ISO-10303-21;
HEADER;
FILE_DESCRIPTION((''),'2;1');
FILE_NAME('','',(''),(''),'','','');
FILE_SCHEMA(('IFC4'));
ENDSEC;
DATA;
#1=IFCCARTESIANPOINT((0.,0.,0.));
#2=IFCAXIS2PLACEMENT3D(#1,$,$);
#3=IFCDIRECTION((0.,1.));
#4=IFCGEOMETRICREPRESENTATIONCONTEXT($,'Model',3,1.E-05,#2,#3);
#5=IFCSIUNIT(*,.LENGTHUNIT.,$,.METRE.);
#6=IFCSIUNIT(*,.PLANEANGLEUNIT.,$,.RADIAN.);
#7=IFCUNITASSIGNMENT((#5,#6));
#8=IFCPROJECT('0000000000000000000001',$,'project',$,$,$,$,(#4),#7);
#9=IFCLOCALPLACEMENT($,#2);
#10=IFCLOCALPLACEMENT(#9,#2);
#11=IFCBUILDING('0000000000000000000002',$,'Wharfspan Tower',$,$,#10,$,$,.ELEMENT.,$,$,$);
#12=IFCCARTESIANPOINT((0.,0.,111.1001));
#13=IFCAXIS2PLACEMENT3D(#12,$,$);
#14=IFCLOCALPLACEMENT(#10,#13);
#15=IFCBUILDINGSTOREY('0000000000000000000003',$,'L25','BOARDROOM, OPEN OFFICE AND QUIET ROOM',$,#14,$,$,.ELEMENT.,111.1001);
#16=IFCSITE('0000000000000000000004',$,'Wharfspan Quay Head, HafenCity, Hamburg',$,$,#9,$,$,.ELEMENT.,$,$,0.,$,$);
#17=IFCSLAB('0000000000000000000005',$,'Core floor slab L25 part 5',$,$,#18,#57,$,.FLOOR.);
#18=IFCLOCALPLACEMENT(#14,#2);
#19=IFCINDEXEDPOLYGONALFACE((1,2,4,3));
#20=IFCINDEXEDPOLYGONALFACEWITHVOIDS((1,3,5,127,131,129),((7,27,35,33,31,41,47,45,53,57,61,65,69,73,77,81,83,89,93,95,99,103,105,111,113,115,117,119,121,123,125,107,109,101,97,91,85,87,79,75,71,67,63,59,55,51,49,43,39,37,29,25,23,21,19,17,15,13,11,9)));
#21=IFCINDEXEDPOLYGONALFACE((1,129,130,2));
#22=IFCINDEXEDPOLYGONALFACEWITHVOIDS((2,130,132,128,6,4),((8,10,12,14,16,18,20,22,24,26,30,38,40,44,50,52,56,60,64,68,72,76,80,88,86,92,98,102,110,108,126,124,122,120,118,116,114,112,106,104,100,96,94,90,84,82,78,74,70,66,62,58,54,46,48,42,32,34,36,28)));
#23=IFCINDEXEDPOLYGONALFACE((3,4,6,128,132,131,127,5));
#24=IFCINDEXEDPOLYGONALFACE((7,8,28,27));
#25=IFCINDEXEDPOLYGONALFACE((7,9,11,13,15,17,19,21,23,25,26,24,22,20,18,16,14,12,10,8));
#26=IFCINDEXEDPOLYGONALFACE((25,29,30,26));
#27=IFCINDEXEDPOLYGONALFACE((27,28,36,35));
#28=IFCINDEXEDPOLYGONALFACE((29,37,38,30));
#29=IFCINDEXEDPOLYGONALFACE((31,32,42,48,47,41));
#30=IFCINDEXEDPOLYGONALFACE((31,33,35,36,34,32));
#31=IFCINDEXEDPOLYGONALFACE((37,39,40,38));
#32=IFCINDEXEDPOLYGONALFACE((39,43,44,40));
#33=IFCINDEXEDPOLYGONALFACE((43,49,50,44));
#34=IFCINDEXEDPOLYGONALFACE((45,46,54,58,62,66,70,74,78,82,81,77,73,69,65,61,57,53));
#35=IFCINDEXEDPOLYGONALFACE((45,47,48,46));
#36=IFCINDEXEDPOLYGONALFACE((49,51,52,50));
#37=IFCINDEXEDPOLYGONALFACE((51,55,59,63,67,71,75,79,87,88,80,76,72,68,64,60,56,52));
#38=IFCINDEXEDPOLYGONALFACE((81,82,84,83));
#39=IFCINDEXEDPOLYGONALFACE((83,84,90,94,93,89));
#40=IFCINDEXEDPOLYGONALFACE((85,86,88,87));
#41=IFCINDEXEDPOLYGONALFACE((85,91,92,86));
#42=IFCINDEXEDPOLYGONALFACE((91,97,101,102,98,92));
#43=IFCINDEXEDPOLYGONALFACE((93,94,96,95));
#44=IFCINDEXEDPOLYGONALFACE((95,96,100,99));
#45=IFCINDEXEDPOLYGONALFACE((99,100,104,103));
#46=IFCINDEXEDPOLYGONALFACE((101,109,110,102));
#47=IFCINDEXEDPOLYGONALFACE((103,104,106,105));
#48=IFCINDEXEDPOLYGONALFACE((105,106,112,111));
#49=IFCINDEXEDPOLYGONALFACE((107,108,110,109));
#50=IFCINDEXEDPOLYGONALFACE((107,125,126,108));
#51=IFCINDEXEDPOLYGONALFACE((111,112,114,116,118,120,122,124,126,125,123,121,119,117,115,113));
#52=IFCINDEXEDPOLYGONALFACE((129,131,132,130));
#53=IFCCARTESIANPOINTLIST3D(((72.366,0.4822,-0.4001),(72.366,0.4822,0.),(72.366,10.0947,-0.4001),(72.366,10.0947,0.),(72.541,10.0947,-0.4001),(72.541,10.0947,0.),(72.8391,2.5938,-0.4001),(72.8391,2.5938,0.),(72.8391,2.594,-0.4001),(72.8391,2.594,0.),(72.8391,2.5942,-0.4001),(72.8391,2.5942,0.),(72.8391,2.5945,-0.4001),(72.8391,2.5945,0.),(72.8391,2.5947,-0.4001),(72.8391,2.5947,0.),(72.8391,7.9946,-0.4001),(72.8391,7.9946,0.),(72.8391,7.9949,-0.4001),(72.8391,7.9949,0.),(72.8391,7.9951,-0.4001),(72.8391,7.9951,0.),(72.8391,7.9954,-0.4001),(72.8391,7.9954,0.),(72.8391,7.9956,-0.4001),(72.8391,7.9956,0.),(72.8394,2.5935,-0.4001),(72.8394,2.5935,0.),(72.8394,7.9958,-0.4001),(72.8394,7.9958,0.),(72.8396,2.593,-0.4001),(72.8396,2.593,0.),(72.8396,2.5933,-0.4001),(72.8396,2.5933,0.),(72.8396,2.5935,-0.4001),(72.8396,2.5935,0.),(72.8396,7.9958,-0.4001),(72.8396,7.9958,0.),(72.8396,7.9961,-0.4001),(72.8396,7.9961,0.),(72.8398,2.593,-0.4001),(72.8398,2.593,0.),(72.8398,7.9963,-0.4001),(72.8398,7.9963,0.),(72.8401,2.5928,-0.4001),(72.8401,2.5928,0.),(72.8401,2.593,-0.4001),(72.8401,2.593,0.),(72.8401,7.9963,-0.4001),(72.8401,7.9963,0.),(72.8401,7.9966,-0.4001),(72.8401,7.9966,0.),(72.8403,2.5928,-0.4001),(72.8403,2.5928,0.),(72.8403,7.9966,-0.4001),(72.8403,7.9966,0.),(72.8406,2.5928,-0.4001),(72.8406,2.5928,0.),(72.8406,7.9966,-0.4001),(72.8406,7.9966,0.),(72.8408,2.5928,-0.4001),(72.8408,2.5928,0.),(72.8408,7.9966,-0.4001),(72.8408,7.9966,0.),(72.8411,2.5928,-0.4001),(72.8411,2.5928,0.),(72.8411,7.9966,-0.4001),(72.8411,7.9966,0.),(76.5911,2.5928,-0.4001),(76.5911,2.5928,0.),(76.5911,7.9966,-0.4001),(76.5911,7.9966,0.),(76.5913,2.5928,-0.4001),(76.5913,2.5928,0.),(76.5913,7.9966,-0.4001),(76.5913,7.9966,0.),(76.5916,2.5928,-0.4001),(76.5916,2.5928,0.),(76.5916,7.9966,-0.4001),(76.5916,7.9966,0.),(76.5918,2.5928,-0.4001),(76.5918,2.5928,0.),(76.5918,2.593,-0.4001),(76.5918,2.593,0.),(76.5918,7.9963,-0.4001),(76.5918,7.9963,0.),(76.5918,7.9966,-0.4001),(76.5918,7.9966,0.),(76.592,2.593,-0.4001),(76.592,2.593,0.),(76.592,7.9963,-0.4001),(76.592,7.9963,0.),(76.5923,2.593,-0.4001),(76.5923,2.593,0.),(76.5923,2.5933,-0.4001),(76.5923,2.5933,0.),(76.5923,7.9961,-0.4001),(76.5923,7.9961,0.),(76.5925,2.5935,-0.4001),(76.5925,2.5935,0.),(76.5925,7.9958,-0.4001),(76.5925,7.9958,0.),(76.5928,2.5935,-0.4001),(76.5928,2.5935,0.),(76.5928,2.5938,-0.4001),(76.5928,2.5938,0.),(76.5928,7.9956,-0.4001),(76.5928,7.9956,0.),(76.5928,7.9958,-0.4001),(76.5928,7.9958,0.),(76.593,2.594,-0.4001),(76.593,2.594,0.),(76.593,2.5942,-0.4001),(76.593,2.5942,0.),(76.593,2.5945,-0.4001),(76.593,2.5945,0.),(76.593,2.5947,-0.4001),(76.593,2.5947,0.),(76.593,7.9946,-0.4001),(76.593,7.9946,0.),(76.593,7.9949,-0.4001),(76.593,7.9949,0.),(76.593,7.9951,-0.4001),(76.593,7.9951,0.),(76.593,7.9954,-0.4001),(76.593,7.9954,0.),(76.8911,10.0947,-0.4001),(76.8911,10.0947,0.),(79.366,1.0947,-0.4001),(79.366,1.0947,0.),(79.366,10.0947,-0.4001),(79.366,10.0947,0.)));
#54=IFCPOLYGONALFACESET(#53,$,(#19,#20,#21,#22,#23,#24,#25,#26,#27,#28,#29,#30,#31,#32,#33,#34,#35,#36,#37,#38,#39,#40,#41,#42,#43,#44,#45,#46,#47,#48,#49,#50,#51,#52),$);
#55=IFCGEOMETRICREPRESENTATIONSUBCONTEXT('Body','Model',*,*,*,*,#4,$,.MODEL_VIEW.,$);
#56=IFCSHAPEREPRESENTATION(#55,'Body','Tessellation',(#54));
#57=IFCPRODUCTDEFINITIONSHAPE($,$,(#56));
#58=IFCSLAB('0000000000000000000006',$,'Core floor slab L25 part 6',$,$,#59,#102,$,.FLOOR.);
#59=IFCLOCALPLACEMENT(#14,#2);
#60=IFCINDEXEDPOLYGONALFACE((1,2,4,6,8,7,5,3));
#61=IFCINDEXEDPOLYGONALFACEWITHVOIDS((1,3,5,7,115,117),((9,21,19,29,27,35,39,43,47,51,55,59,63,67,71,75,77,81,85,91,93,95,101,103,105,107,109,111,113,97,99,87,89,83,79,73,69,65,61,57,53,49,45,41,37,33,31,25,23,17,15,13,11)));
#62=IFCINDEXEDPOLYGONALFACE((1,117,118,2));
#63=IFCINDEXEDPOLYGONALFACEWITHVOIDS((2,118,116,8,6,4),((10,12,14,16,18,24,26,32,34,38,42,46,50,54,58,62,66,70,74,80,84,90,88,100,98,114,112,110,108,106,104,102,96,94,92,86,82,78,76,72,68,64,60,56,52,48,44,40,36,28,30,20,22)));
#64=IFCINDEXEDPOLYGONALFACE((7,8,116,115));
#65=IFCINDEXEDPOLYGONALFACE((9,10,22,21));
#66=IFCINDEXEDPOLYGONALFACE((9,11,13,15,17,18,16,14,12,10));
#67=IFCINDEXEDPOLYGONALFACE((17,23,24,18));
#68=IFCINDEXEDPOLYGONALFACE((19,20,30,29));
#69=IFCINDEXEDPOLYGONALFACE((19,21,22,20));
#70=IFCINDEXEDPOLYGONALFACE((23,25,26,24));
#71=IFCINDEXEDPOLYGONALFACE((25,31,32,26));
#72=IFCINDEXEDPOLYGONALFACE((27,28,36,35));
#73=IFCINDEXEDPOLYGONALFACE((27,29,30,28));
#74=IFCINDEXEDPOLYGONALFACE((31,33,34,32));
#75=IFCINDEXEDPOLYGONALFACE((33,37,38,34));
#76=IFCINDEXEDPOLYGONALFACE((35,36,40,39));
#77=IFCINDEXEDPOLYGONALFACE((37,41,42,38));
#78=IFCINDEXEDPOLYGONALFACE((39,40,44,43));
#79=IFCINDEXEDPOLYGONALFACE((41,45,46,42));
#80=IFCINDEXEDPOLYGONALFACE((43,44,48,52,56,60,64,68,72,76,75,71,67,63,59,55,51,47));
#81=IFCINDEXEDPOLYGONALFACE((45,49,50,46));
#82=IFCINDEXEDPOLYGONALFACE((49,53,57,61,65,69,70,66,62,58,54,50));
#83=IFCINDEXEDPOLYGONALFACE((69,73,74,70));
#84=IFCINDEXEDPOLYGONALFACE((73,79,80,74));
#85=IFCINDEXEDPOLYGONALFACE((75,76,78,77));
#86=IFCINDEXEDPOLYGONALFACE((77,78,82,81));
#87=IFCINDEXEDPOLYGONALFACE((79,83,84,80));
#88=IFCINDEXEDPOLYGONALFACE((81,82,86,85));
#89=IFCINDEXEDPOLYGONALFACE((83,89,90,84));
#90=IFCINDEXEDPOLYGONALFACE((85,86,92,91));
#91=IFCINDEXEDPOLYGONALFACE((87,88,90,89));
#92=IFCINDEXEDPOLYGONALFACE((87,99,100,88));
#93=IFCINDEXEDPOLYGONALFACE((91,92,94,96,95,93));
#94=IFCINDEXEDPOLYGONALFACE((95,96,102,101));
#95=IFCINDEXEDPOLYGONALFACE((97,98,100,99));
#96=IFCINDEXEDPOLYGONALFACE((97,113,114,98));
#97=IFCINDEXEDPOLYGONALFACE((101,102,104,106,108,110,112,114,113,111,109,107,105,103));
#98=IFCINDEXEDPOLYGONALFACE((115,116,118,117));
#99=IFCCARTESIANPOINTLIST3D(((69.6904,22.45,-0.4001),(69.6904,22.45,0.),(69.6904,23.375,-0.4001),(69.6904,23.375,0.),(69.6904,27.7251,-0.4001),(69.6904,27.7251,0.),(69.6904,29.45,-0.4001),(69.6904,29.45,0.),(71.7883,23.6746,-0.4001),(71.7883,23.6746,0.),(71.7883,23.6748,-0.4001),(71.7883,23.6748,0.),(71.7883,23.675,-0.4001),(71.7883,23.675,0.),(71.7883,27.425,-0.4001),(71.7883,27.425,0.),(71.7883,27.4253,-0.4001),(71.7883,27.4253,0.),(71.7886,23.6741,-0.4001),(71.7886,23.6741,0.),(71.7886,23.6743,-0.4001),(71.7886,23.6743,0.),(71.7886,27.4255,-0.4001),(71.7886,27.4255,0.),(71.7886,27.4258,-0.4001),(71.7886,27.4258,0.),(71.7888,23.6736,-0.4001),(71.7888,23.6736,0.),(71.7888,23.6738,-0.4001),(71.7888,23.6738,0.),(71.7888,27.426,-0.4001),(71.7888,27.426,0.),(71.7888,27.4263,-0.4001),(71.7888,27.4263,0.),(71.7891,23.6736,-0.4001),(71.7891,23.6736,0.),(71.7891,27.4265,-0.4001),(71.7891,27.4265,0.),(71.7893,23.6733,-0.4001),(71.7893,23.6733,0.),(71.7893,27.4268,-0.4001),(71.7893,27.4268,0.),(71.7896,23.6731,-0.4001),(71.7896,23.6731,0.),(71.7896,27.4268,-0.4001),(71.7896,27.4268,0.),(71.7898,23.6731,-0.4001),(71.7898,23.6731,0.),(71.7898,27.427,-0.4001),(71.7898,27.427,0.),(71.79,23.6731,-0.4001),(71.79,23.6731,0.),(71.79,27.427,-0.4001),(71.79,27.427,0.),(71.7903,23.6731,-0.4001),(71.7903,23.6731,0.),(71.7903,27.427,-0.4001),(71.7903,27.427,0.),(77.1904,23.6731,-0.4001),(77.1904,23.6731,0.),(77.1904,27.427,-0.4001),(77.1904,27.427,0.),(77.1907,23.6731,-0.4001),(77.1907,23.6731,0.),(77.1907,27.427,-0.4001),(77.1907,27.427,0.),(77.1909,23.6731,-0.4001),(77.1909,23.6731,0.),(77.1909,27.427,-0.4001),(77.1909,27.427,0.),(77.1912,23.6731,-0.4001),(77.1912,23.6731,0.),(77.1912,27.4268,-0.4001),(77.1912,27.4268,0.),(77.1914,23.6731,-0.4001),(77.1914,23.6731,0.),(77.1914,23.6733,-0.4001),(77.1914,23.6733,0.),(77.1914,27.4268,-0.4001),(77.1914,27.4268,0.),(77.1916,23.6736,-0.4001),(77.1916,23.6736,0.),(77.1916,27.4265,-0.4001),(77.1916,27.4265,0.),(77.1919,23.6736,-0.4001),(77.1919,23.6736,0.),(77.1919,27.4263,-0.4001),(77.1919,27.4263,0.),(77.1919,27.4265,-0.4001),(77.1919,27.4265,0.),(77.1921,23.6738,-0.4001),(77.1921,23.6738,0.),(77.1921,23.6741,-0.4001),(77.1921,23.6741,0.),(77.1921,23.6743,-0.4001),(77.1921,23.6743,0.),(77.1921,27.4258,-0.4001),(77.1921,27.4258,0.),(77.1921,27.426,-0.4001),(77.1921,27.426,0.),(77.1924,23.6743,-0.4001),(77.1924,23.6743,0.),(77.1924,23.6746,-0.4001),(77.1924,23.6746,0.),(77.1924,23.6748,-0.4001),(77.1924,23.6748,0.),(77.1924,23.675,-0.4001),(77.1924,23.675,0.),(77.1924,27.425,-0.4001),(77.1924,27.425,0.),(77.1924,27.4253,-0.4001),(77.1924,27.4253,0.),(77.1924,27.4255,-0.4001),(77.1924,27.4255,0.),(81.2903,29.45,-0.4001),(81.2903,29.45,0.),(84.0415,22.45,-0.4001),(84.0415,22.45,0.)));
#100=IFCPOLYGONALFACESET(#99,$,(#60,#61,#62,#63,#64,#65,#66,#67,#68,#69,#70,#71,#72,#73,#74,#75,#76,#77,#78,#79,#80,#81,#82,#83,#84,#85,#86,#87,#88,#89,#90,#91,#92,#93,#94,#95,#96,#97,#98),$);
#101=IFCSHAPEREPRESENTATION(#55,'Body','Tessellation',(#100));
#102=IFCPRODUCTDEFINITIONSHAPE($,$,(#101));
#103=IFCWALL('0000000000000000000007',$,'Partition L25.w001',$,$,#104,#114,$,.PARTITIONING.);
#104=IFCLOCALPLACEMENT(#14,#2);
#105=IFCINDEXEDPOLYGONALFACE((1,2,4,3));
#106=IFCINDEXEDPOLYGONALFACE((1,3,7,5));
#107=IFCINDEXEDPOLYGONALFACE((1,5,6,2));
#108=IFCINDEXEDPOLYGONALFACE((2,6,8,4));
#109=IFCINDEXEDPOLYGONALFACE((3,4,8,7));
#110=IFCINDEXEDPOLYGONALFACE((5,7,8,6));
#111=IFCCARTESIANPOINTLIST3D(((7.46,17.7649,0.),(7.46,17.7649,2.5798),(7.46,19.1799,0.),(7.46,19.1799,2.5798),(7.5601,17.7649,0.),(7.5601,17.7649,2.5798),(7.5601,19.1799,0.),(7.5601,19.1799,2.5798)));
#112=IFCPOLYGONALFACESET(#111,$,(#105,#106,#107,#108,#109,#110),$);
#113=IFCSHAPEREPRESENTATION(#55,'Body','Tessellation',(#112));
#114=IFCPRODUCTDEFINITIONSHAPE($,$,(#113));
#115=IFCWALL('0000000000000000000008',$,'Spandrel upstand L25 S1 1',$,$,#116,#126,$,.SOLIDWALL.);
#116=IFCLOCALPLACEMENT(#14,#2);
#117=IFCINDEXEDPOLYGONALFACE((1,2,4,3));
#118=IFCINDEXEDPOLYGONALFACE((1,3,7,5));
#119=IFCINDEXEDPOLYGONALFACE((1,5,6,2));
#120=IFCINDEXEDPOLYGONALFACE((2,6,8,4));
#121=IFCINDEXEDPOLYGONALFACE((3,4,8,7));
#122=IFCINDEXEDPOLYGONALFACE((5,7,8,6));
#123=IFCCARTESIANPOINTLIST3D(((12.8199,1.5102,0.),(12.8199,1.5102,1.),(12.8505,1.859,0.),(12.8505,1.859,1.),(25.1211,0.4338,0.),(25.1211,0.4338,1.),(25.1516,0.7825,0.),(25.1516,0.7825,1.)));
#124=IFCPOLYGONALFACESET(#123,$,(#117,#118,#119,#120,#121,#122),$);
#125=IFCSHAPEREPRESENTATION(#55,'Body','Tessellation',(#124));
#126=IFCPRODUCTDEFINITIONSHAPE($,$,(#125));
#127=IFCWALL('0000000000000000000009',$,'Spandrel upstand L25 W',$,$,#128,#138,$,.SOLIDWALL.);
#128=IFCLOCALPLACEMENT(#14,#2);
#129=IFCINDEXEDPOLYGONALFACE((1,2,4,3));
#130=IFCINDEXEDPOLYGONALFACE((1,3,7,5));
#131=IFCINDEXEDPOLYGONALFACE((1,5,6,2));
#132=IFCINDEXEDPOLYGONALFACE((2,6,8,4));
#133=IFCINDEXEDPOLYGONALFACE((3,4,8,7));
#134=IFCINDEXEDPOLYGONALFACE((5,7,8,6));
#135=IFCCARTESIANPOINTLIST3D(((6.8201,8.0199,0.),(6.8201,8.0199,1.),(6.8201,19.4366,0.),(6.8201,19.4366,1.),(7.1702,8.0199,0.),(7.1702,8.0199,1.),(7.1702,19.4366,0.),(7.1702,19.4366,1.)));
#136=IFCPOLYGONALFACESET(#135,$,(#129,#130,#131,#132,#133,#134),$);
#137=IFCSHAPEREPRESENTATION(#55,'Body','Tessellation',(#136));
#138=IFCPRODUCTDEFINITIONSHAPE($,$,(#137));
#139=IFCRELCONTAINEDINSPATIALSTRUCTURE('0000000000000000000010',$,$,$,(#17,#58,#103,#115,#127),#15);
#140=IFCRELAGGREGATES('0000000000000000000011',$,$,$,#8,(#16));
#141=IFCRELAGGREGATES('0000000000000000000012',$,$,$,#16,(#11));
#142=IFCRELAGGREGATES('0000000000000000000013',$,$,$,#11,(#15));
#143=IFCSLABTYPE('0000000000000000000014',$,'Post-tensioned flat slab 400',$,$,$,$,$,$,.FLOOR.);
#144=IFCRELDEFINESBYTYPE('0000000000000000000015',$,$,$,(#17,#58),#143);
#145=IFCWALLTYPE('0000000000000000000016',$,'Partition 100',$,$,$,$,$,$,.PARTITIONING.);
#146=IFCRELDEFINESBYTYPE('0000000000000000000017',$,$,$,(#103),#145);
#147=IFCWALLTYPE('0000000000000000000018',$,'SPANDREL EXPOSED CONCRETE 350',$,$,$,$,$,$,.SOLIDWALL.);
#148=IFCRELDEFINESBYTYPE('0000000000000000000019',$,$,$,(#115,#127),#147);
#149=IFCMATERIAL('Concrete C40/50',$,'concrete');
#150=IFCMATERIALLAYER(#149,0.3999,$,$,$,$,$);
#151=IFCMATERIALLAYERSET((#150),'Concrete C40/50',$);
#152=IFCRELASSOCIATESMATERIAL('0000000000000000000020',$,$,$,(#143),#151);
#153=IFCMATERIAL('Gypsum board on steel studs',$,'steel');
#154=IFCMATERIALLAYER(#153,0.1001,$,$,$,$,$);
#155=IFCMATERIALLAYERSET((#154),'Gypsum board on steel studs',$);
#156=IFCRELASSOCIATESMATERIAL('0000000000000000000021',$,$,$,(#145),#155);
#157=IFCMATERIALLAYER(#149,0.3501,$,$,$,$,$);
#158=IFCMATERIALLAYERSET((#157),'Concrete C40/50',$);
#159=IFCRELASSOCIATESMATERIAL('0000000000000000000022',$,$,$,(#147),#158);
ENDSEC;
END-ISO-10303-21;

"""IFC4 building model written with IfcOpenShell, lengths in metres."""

from ifc_helpers import new_model, si_unit, direction, frame, frame_2d, origin, place, context, subcontext, project, spatial, polyline, rectangle, outline, extrude, material, layer, layer_set, type_object, element, save


model = new_model("IFC4")

# Units and contexts
model_context = context("Model", 3, precision=1e-05, world=origin(), true_north=direction((0.0, 1.0)))
body_context = subcontext(model_context, "Body", "Model", "MODEL_VIEW")
ifc_project = project(units=[si_unit("LENGTHUNIT", "METRE"), si_unit("PLANEANGLEUNIT", "RADIAN")], contexts=[model_context])

# Site, building, storey
site_placement = place(None, origin())
site = spatial("IfcSite", under=ifc_project, at=site_placement, Name="Wharfspan Quay Head, HafenCity, Hamburg", CompositionType="ELEMENT", RefElevation=0.0)
building_placement = place(site_placement, origin())
building = spatial("IfcBuilding", under=site, at=building_placement, Name="Wharfspan Tower", CompositionType="ELEMENT")
storey_placement = place(building_placement, frame((0.0, 0.0, 111.1001)))
storey = spatial("IfcBuildingStorey", under=building, at=storey_placement, Name="L25", Description="BOARDROOM, OPEN OFFICE AND QUIET ROOM", CompositionType="ELEMENT", Elevation=111.1001)

# Slabs
ifc_material_1 = material(Name="Concrete C40/50", Category="concrete")
ifc_layer_1 = layer(ifc_material_1, 0.3999)
ifc_layer_set_1 = layer_set([ifc_layer_1], Name="Concrete C40/50")
slab_type = type_object("IfcSlabType", Name="Post-tensioned flat slab 400", PredefinedType="FLOOR", material=ifc_layer_set_1)
slab_1_placement = place(storey_placement, frame((0.0, 0.0, -0.4001)))
element("IfcSlab", 1, at=slab_1_placement, inside=storey, type_object=slab_type, Name="Core floor slab L25 part 5", PredefinedType="FLOOR", context=body_context, shape_type="SweptSolid", body=[
    extrude(outline(polyline([(79.366, 10.0947), (76.8911, 10.0947), (72.541, 10.0947), (72.366, 10.0947), (72.366, 0.4822), (79.366, 1.0947), (79.366, 10.0947)]), holes=[polyline([(76.5911, 7.9966), (76.5913, 7.9966), (76.5913, 7.9966), (76.5916, 7.9966), (76.5918, 7.9966), (76.5918, 7.9963), (76.592, 7.9963), (76.5923, 7.9961), (76.5923, 7.9961), (76.5925, 7.9958), (76.5928, 7.9958), (76.5928, 7.9956), (76.593, 7.9954), (76.593, 7.9951), (76.593, 7.9951), (76.593, 7.9949), (76.593, 7.9946), (76.593, 2.5947), (76.593, 2.5945), (76.593, 2.5942), (76.593, 2.594), (76.593, 2.594), (76.5928, 2.5938), (76.5928, 2.5935), (76.5925, 2.5935), (76.5923, 2.5933), (76.5923, 2.593), (76.592, 2.593), (76.5918, 2.593), (76.5918, 2.5928), (76.5916, 2.5928), (76.5913, 2.5928), (76.5913, 2.5928), (76.5911, 2.5928), (72.8411, 2.5928), (72.8408, 2.5928), (72.8406, 2.5928), (72.8403, 2.5928), (72.8401, 2.5928), (72.8401, 2.593), (72.8398, 2.593), (72.8396, 2.593), (72.8396, 2.5933), (72.8396, 2.5935), (72.8394, 2.5935), (72.8391, 2.5938), (72.8391, 2.594), (72.8391, 2.594), (72.8391, 2.5942), (72.8391, 2.5945), (72.8391, 2.5947), (72.8391, 7.9946), (72.8391, 7.9949), (72.8391, 7.9951), (72.8391, 7.9951), (72.8391, 7.9954), (72.8391, 7.9956), (72.8394, 7.9958), (72.8396, 7.9958), (72.8396, 7.9961), (72.8396, 7.9961), (72.8398, 7.9963), (72.8401, 7.9963), (72.8401, 7.9966), (72.8403, 7.9966), (72.8406, 7.9966), (72.8408, 7.9966), (72.8411, 7.9966), (76.5911, 7.9966)])]), origin(), (0.0, 0.0, 1.0), 0.4001),
])
slab_2_placement = place(storey_placement, frame((0.0, 0.0, -0.4001)))
element("IfcSlab", 2, at=slab_2_placement, inside=storey, type_object=slab_type, Name="Core floor slab L25 part 6", PredefinedType="FLOOR", context=body_context, shape_type="SweptSolid", body=[
    extrude(outline(polyline([(81.2903, 29.45), (69.6904, 29.45), (69.6904, 27.7251), (69.6904, 23.375), (69.6904, 22.45), (84.0415, 22.45), (81.2903, 29.45)]), holes=[polyline([(71.7903, 23.6731), (71.7903, 23.6731), (71.79, 23.6731), (71.7898, 23.6731), (71.7896, 23.6731), (71.7896, 23.6731), (71.7893, 23.6733), (71.7891, 23.6736), (71.7891, 23.6736), (71.7888, 23.6736), (71.7888, 23.6738), (71.7886, 23.6741), (71.7886, 23.6743), (71.7886, 23.6743), (71.7883, 23.6746), (71.7883, 23.6748), (71.7883, 23.675), (71.7883, 27.425), (71.7883, 27.4253), (71.7883, 27.4253), (71.7886, 27.4255), (71.7886, 27.4258), (71.7886, 27.4258), (71.7888, 27.426), (71.7888, 27.4263), (71.7891, 27.4265), (71.7891, 27.4265), (71.7893, 27.4268), (71.7896, 27.4268), (71.7896, 27.4268), (71.7898, 27.427), (71.79, 27.427), (71.7903, 27.427), (71.7903, 27.427), (77.1904, 27.427), (77.1907, 27.427), (77.1909, 27.427), (77.1909, 27.427), (77.1912, 27.4268), (77.1914, 27.4268), (77.1914, 27.4268), (77.1916, 27.4265), (77.1919, 27.4265), (77.1919, 27.4263), (77.1921, 27.426), (77.1921, 27.4258), (77.1921, 27.4258), (77.1924, 27.4255), (77.1924, 27.4253), (77.1924, 27.4253), (77.1924, 27.425), (77.1924, 23.675), (77.1924, 23.6748), (77.1924, 23.6746), (77.1924, 23.6743), (77.1921, 23.6743), (77.1921, 23.6741), (77.1921, 23.6738), (77.1919, 23.6736), (77.1919, 23.6736), (77.1916, 23.6736), (77.1914, 23.6733), (77.1914, 23.6731), (77.1912, 23.6731), (77.1909, 23.6731), (77.1909, 23.6731), (77.1907, 23.6731), (77.1904, 23.6731), (71.7903, 23.6731)])]), origin(), (0.0, 0.0, 1.0), 0.4001),
])

# Walls
ifc_material_2 = material(Name="Gypsum board on steel studs", Category="steel")
ifc_layer_2 = layer(ifc_material_2, 0.1001)
ifc_layer_set_2 = layer_set([ifc_layer_2], Name="Gypsum board on steel studs")
wall_type_1 = type_object("IfcWallType", Name="Partition 100", PredefinedType="PARTITIONING", material=ifc_layer_set_2)
wall_1_placement = place(storey_placement, frame((7.51, 17.7649, 0.0), z_axis=(0.0, 0.0, 1.0), x_axis=(0.0, 1.0, 0.0)))
element("IfcWall", 3, at=wall_1_placement, inside=storey, type_object=wall_type_1, Name="Partition L25.w001", PredefinedType="PARTITIONING", context=body_context, shape_type="SweptSolid", body=[
    extrude(rectangle(XDim=1.415, YDim=0.1001, at=frame_2d((0.7075, 0.0))), origin(), (0.0, 0.0, 1.0), 2.5798),
])
ifc_layer_3 = layer(ifc_material_1, 0.3501)
ifc_layer_set_3 = layer_set([ifc_layer_3], Name="Concrete C40/50")
wall_type_2 = type_object("IfcWallType", Name="SPANDREL EXPOSED CONCRETE 350", PredefinedType="SOLIDWALL", material=ifc_layer_set_3)
wall_2_placement = place(storey_placement, frame((12.8352, 1.6846, 0.0), z_axis=(0.0, 0.0, 1.0), x_axis=(0.996192, -0.087173, 0.0)))
element("IfcWall", 4, at=wall_2_placement, inside=storey, type_object=wall_type_2, Name="Spandrel upstand L25 S1 1", PredefinedType="SOLIDWALL", context=body_context, shape_type="SweptSolid", body=[
    extrude(rectangle(XDim=12.3481, YDim=0.3501, at=frame_2d((6.1741, 0.0))), origin(), (0.0, 0.0, 1.0), 1.0),
])
wall_3_placement = place(storey_placement, frame((6.9951, 19.4368, 0.0), z_axis=(0.0, 0.0, 1.0), x_axis=(0.0, -1.0, 0.0)))
element("IfcWall", 5, at=wall_3_placement, inside=storey, type_object=wall_type_2, Name="Spandrel upstand L25 W", PredefinedType="SOLIDWALL", context=body_context, shape_type="SweptSolid", body=[
    extrude(rectangle(XDim=11.4167, YDim=0.3501, at=frame_2d((5.7085, 0.0))), origin(), (0.0, 0.0, 1.0), 1.0),
])

save(model, "model.ifc")
